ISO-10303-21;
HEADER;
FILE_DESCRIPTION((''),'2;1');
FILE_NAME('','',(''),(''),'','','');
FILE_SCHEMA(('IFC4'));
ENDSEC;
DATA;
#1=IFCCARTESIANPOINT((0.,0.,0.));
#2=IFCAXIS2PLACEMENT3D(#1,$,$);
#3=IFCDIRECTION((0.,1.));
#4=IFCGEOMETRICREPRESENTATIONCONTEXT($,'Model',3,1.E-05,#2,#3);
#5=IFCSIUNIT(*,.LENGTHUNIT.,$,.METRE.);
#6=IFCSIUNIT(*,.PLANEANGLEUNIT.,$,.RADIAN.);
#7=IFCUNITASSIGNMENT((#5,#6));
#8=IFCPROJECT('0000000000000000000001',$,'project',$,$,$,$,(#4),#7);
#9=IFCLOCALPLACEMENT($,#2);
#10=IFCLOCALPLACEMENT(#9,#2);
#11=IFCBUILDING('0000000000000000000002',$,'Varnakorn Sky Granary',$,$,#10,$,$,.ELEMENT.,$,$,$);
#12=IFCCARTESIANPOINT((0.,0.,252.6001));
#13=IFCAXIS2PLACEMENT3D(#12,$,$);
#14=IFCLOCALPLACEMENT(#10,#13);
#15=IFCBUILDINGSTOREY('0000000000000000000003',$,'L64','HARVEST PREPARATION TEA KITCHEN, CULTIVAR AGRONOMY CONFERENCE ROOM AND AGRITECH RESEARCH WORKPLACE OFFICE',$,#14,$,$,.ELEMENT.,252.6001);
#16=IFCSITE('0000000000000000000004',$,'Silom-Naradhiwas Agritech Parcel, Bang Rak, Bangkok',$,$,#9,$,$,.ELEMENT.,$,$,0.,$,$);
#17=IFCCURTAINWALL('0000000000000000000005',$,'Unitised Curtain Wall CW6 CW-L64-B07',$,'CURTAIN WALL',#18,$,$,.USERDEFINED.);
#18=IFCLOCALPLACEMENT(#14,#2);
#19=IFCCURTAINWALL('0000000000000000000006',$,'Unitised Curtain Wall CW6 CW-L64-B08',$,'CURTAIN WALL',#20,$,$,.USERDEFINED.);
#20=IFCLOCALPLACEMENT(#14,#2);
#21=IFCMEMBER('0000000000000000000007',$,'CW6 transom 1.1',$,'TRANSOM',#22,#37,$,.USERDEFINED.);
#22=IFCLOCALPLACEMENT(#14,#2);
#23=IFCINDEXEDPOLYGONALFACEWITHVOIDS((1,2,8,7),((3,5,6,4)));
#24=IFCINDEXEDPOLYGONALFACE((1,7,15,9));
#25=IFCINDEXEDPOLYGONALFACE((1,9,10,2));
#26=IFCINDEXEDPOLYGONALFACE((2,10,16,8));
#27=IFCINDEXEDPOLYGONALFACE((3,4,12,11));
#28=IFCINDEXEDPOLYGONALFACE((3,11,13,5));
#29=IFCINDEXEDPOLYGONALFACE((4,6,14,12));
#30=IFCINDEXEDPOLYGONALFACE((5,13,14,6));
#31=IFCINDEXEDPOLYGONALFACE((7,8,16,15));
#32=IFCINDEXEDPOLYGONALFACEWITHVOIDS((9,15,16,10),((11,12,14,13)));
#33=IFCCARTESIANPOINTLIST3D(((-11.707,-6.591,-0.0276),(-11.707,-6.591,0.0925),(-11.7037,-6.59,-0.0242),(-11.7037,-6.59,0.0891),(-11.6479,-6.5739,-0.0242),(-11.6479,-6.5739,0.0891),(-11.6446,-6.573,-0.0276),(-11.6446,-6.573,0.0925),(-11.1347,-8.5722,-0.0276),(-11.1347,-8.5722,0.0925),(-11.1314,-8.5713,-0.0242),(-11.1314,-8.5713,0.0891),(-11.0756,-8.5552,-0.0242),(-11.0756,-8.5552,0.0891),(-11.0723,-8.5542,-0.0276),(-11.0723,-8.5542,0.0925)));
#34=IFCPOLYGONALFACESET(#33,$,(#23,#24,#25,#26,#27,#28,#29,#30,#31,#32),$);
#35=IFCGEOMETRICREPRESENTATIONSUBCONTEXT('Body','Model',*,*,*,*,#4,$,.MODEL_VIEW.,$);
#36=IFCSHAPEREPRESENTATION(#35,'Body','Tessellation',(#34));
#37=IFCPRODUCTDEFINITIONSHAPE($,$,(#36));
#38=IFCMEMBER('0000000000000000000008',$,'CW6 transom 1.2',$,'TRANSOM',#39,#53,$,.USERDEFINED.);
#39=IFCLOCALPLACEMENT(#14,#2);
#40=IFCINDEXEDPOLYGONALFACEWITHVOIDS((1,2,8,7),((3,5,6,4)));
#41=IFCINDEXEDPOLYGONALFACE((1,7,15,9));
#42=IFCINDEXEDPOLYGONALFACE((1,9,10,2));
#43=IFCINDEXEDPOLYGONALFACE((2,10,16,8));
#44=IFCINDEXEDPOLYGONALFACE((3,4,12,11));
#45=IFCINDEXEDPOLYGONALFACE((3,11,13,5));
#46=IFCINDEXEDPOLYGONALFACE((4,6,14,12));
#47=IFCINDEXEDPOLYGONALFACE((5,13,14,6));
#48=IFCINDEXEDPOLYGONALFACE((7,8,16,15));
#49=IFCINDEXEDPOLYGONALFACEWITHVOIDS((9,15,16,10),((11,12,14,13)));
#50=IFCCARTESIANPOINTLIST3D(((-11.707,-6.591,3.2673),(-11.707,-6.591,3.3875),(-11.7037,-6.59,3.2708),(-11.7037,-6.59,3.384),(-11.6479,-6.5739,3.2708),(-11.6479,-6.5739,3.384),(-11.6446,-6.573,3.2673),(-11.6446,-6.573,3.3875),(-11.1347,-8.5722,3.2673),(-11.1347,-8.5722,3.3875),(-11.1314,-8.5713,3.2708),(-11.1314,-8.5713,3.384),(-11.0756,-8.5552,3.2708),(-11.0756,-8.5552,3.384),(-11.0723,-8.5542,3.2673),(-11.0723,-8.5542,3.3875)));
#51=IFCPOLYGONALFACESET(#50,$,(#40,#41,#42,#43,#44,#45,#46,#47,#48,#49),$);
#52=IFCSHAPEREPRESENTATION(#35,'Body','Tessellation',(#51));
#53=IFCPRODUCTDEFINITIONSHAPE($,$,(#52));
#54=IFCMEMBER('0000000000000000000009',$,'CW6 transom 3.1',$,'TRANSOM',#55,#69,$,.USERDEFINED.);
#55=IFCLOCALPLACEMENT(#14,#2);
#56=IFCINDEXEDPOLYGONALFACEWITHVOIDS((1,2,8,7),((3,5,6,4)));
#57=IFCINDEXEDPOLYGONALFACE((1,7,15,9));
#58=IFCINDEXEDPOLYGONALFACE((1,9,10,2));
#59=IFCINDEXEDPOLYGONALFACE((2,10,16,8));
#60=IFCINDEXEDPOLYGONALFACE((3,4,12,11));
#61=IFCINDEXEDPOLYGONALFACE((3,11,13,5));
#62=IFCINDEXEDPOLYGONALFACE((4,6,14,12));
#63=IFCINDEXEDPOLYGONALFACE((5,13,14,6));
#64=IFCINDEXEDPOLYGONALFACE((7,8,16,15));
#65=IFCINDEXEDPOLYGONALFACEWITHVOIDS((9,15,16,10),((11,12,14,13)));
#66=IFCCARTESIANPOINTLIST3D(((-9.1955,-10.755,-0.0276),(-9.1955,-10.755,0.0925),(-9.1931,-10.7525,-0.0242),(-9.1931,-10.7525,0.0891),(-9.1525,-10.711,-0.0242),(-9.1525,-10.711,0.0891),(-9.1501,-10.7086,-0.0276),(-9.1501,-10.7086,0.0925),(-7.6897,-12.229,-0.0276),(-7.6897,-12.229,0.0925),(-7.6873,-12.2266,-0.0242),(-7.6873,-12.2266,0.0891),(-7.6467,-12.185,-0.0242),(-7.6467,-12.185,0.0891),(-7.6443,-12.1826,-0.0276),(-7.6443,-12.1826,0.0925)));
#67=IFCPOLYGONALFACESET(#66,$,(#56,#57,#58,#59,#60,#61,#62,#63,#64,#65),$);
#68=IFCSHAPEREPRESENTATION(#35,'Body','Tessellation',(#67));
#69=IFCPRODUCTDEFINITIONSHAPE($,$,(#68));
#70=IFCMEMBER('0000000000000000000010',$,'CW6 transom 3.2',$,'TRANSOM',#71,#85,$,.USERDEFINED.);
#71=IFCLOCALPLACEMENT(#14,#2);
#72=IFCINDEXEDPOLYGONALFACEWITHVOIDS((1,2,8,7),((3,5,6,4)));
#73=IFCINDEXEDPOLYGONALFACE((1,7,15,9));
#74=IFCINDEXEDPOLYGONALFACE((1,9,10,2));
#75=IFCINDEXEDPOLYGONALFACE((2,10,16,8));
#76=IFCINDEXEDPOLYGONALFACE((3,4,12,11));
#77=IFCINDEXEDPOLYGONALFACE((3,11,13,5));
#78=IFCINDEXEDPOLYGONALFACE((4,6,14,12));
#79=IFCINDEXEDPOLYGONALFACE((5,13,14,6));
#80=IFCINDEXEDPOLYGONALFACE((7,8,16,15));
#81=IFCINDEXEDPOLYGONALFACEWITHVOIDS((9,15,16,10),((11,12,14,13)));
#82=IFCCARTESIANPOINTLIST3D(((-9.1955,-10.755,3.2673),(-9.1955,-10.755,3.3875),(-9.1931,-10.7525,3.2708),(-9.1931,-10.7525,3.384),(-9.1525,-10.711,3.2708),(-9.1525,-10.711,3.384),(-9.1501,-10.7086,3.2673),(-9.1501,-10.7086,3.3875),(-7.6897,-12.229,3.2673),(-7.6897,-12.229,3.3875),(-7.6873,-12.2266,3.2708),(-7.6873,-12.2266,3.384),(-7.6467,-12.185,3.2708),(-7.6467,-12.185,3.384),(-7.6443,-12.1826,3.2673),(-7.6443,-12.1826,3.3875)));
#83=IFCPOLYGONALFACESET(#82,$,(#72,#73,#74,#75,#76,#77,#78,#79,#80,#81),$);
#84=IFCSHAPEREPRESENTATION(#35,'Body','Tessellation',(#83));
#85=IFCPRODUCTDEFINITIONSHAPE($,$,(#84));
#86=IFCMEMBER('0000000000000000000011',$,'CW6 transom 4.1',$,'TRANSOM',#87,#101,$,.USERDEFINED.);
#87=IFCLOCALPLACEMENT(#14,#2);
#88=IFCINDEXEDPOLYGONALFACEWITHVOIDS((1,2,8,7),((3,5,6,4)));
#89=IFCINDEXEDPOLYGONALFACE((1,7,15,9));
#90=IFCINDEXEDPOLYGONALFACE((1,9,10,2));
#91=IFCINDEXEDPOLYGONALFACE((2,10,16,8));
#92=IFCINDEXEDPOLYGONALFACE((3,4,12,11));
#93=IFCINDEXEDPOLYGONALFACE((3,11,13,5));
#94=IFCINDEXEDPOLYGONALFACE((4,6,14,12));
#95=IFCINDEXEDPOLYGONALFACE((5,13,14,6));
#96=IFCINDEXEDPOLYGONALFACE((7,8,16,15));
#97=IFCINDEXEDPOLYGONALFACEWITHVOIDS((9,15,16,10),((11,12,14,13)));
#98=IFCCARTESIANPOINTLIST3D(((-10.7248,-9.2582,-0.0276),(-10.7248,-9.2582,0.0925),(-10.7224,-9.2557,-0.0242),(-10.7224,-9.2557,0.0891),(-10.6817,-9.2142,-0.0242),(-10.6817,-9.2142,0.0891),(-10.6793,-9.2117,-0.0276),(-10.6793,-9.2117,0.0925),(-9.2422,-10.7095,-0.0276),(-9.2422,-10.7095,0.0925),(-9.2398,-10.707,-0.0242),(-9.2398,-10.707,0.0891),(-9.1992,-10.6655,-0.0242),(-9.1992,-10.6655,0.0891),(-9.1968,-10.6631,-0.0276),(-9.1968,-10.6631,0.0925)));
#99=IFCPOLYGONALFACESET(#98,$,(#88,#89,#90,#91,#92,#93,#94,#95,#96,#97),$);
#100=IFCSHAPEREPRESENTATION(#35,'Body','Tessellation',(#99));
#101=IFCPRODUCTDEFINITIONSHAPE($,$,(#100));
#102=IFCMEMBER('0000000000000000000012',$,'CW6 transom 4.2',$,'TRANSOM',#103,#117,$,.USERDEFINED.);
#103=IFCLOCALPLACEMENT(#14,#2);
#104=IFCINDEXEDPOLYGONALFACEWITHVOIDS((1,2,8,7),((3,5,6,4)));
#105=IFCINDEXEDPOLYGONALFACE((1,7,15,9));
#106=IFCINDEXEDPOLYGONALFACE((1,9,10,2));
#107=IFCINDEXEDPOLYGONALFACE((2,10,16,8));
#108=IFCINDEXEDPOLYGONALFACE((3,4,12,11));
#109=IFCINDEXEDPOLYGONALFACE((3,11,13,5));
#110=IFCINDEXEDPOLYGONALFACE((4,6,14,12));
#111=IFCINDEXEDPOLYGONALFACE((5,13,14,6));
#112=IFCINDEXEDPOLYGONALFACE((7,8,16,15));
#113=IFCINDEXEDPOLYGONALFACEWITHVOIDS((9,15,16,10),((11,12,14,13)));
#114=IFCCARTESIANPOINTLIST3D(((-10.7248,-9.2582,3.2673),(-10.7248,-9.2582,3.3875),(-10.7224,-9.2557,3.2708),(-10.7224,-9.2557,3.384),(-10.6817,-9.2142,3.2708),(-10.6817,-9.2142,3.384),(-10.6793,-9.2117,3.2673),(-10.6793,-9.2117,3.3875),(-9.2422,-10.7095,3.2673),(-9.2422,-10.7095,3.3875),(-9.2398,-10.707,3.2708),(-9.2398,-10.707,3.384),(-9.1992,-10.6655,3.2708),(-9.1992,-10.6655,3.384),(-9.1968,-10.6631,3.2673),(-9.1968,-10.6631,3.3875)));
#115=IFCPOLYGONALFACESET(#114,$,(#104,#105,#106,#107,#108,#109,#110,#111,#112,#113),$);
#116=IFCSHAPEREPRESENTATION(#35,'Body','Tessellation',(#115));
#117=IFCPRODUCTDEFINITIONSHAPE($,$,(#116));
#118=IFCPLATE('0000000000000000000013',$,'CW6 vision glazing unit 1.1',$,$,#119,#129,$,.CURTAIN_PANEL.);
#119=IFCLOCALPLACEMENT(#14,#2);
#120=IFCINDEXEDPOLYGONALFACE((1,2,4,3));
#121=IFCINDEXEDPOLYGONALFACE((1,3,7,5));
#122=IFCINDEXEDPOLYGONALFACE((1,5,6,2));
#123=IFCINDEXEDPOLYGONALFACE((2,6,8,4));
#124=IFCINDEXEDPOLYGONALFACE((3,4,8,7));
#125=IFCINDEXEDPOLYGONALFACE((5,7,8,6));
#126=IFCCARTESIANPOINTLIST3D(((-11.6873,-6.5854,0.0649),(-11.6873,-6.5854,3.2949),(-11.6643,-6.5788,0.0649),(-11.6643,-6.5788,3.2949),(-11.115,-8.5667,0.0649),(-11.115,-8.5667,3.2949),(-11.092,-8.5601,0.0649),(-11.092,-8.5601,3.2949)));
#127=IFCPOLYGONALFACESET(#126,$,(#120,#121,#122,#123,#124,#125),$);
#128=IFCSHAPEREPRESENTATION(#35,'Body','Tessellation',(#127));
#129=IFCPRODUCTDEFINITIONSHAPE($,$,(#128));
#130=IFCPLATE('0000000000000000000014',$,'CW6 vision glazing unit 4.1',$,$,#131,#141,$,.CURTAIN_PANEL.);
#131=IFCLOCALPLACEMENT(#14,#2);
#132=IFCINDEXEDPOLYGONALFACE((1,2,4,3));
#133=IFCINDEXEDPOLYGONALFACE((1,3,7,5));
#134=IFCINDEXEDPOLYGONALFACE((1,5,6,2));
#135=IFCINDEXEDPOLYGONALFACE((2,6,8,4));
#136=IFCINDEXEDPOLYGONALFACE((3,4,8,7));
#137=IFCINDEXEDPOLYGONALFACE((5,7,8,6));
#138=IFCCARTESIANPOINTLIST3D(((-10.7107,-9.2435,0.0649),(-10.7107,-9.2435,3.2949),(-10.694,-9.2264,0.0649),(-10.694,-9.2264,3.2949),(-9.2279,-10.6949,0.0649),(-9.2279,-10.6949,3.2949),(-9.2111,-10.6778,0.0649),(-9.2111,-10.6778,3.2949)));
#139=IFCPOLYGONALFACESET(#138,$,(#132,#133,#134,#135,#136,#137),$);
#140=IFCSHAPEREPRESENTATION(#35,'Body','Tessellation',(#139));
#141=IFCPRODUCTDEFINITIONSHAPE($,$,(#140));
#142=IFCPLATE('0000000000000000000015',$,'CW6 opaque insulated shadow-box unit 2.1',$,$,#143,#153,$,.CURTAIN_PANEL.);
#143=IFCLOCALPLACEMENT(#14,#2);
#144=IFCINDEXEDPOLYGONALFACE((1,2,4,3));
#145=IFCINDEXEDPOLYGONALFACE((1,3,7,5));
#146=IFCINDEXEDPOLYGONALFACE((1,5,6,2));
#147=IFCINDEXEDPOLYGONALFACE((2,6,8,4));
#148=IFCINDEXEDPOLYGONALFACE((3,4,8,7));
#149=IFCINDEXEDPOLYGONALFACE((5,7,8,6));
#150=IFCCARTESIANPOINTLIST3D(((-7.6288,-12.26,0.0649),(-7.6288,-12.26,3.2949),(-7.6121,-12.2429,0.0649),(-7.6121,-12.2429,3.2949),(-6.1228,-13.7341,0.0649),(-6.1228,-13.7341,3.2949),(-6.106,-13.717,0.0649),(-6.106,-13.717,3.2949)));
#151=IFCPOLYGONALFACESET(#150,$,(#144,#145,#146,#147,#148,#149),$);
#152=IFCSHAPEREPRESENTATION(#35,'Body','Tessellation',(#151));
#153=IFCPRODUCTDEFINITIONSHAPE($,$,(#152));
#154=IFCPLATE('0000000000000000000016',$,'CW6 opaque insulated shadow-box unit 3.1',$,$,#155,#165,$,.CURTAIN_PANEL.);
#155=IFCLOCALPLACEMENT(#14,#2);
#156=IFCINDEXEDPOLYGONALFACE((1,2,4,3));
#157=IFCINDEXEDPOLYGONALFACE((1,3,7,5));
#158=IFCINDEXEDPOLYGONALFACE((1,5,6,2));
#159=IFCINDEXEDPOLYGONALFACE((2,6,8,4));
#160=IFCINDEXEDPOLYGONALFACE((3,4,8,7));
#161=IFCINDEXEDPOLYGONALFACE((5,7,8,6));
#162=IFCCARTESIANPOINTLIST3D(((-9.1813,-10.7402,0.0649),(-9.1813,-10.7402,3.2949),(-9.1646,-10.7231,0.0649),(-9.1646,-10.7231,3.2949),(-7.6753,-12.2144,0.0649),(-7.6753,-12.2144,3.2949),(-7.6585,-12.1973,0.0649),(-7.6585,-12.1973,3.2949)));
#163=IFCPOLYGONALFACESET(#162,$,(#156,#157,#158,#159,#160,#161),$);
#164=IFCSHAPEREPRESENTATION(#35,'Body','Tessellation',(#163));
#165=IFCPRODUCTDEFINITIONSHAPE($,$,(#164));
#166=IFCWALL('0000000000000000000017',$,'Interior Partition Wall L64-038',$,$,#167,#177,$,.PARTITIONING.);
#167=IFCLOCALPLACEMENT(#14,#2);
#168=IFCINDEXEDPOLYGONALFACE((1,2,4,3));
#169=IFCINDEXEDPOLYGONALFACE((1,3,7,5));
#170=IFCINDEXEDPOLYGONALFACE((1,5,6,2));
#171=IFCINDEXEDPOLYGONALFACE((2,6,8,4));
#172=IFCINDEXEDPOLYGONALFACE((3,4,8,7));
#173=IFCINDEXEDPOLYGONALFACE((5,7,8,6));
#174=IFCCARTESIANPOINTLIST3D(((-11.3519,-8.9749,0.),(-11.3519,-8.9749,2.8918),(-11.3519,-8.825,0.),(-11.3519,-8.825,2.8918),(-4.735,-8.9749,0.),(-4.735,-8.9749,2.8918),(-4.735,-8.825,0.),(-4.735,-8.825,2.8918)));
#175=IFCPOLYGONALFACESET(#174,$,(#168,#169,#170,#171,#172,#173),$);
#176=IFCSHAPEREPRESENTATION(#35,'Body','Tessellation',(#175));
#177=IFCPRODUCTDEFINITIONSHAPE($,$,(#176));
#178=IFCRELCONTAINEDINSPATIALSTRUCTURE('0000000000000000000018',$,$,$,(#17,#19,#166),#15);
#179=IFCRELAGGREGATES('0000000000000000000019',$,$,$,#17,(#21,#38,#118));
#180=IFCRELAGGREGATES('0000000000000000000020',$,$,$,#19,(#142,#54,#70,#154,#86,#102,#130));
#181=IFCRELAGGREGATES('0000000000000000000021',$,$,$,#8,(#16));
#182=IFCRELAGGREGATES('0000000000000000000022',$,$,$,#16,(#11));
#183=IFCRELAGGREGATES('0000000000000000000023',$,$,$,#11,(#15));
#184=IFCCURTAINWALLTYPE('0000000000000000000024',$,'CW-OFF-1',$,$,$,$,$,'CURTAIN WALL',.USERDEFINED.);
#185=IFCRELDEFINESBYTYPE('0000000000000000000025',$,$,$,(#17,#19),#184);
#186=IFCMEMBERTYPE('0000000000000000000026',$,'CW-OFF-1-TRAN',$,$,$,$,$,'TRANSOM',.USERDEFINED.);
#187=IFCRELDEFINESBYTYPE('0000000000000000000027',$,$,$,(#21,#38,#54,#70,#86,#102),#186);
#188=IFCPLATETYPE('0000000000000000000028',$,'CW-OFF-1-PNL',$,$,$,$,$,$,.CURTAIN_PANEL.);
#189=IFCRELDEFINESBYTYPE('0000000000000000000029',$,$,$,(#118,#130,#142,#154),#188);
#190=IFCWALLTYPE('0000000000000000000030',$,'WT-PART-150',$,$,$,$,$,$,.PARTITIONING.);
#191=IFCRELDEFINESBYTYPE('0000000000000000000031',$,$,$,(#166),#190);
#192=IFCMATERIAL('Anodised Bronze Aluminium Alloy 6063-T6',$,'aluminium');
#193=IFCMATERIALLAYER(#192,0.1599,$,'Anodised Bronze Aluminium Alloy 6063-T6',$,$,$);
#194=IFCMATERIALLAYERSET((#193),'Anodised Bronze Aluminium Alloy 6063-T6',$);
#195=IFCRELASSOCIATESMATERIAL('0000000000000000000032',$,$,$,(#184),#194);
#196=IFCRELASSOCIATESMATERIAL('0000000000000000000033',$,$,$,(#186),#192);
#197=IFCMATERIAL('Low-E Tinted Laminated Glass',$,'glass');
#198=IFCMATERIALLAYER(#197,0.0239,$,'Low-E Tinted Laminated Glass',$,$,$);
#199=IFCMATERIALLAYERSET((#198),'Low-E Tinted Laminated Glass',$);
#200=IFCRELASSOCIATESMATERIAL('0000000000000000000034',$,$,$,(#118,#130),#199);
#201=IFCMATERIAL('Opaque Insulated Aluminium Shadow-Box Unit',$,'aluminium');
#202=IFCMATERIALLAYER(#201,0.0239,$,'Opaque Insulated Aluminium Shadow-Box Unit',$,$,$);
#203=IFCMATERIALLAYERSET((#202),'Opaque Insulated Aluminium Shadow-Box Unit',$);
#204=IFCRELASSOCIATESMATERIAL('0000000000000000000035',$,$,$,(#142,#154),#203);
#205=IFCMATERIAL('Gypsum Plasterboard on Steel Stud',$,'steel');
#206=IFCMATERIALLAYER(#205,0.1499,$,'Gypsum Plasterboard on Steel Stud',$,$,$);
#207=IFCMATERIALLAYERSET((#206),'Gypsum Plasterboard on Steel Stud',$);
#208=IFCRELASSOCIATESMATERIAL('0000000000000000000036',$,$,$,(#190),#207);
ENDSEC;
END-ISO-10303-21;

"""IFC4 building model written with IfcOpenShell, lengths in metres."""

from ifc_helpers import new_model, si_unit, direction, frame, frame_2d, origin, origin_2d, place, context, subcontext, project, spatial, rectangle, hollow_rectangle, extrude, source, transform, mapped, material, layer, layer_set, material_profile, profile_set, type_object, type_shapes, element, aggregate, save


model = new_model("IFC4")

# Units and contexts
model_context = context("Model", 3, precision=1e-05, world=origin(), true_north=direction((0.0, 1.0)))
body_context = subcontext(model_context, "Body", "Model", "MODEL_VIEW")
ifc_project = project(units=[si_unit("LENGTHUNIT", "METRE"), si_unit("PLANEANGLEUNIT", "RADIAN")], contexts=[model_context])

# Site, building, storey
site_placement = place(None, origin())
site = spatial("IfcSite", under=ifc_project, at=site_placement, Name="Silom-Naradhiwas Agritech Parcel, Bang Rak, Bangkok", CompositionType="ELEMENT", RefElevation=0.0)
building_placement = place(site_placement, origin())
building = spatial("IfcBuilding", under=site, at=building_placement, Name="Varnakorn Sky Granary", CompositionType="ELEMENT")
storey_placement = place(building_placement, frame((0.0, 0.0, 252.6001)))
storey = spatial("IfcBuildingStorey", under=building, at=storey_placement, Name="L64", Description="HARVEST PREPARATION TEA KITCHEN, CULTIVAR AGRONOMY CONFERENCE ROOM AND AGRITECH RESEARCH WORKPLACE OFFICE", CompositionType="ELEMENT", Elevation=252.6001)

# Curtain wall
ifc_material_1 = material(Name="Anodised Bronze Aluminium Alloy 6063-T6", Category="aluminium")
ifc_layer_1 = layer(ifc_material_1, 0.1599, Name="Anodised Bronze Aluminium Alloy 6063-T6")
ifc_layer_set_1 = layer_set([ifc_layer_1], Name="Anodised Bronze Aluminium Alloy 6063-T6")
curtain_wall_type = type_object("IfcCurtainWallType", Name="CW-OFF-1", ElementType="CURTAIN WALL", PredefinedType="USERDEFINED", material=ifc_layer_set_1)
curtain_wall_1_placement = place(storey_placement, origin())
curtain_wall_1 = element("IfcCurtainWall", 1, at=curtain_wall_1_placement, inside=storey, type_object=curtain_wall_type, Name="Unitised Curtain Wall CW6 CW-L64-B07", ObjectType="CURTAIN WALL", PredefinedType="USERDEFINED")

# Curtain wall
curtain_wall_2_placement = place(storey_placement, origin())
curtain_wall_2 = element("IfcCurtainWall", 2, at=curtain_wall_2_placement, inside=storey, type_object=curtain_wall_type, Name="Unitised Curtain Wall CW6 CW-L64-B08", ObjectType="CURTAIN WALL", PredefinedType="USERDEFINED")

# Members
ifc_material_profile_1 = material_profile(ifc_material_1, hollow_rectangle(XDim=0.0649, YDim=0.1201, WallThickness=0.0034, at=origin_2d()), Name="ALU TRAN 65x120")
ifc_profile_set_1 = profile_set([ifc_material_profile_1], Name="Anodised Bronze Aluminium Alloy 6063-T6")
member_type_1 = type_object("IfcMemberType", Name="CW-OFF-1-TRAN", ElementType="TRANSOM", PredefinedType="USERDEFINED", material=ifc_profile_set_1)
member_1_placement = place(storey_placement, frame((-11.1035, -8.5632, 0.0325), z_axis=(-0.277503, 0.960725, 0.0), x_axis=(-0.960725, -0.277503, 0.0)))
member_1 = element("IfcMember", 3, at=member_1_placement, type_object=member_type_1, Name="CW6 transom 1.1", ObjectType="TRANSOM", PredefinedType="USERDEFINED", context=body_context, shape_type="SweptSolid", body=[
    extrude(hollow_rectangle(XDim=0.0649, YDim=0.1201, WallThickness=0.0034, at=origin_2d()), origin(), (0.0, 0.0, 1.0), 2.0623),
])
member_2_placement = place(storey_placement, frame((-11.1035, -8.5632, 3.3274), z_axis=(-0.277503, 0.960725, 0.0), x_axis=(-0.960725, -0.277503, 0.0)))
member_2 = element("IfcMember", 4, at=member_2_placement, type_object=member_type_1, Name="CW6 transom 1.2", ObjectType="TRANSOM", PredefinedType="USERDEFINED", context=body_context, shape_type="SweptSolid", body=[
    extrude(hollow_rectangle(XDim=0.0649, YDim=0.1201, WallThickness=0.0034, at=origin_2d()), origin(), (0.0, 0.0, 1.0), 2.0623),
])
member_3_placement = place(storey_placement, frame((-7.667, -12.2058, 0.0325), z_axis=(-0.714597, 0.699536, 0.0), x_axis=(-0.699536, -0.714597, 0.0)))
member_3 = element("IfcMember", 5, at=member_3_placement, type_object=member_type_1, Name="CW6 transom 3.1", ObjectType="TRANSOM", PredefinedType="USERDEFINED", context=body_context, shape_type="SweptSolid", body=[
    extrude(hollow_rectangle(XDim=0.0649, YDim=0.1201, WallThickness=0.0034, at=origin_2d()), origin(), (0.0, 0.0, 1.0), 2.1072),
])
member_4_placement = place(storey_placement, frame((-7.667, -12.2058, 3.3274), z_axis=(-0.714597, 0.699536, 0.0), x_axis=(-0.699536, -0.714597, 0.0)))
member_4 = element("IfcMember", 6, at=member_4_placement, type_object=member_type_1, Name="CW6 transom 3.2", ObjectType="TRANSOM", PredefinedType="USERDEFINED", context=body_context, shape_type="SweptSolid", body=[
    extrude(hollow_rectangle(XDim=0.0649, YDim=0.1201, WallThickness=0.0034, at=origin_2d()), origin(), (0.0, 0.0, 1.0), 2.1072),
])
member_5_placement = place(storey_placement, frame((-9.2195, -10.6863, 0.0325), z_axis=(-0.714597, 0.699536, 0.0), x_axis=(-0.699536, -0.714597, 0.0)))
member_5 = element("IfcMember", 7, at=member_5_placement, type_object=member_type_1, Name="CW6 transom 4.1", ObjectType="TRANSOM", PredefinedType="USERDEFINED", context=body_context, shape_type="SweptSolid", body=[
    extrude(hollow_rectangle(XDim=0.0649, YDim=0.1201, WallThickness=0.0034, at=origin_2d()), origin(), (0.0, 0.0, 1.0), 2.0747),
])
member_6_placement = place(storey_placement, frame((-9.2195, -10.6863, 3.3274), z_axis=(-0.714597, 0.699536, 0.0), x_axis=(-0.699536, -0.714597, 0.0)))
member_6 = element("IfcMember", 8, at=member_6_placement, type_object=member_type_1, Name="CW6 transom 4.2", ObjectType="TRANSOM", PredefinedType="USERDEFINED", context=body_context, shape_type="SweptSolid", body=[
    extrude(hollow_rectangle(XDim=0.0649, YDim=0.1201, WallThickness=0.0034, at=origin_2d()), origin(), (0.0, 0.0, 1.0), 2.0747),
])

# Plates
ifc_material_2 = material(Name="Low-E Tinted Laminated Glass", Category="glass")
ifc_layer_2 = layer(ifc_material_2, 0.0239, Name="Low-E Tinted Laminated Glass")
ifc_layer_set_2 = layer_set([ifc_layer_2], Name="Low-E Tinted Laminated Glass")
plate_type = type_object("IfcPlateType", Name="CW-OFF-1-PNL", PredefinedType="CURTAIN_PANEL")
shared_shape_1 = source(origin(), body_context, "Body", "SweptSolid", [
    extrude(rectangle(XDim=2.0623, YDim=0.0239, at=origin_2d()), origin(), (0.0, 0.0, 1.0), 3.23),
])
plate_1_placement = place(storey_placement, frame((-11.3896, -7.5728, 0.0649), z_axis=(0.0, 0.0, 1.0), x_axis=(-0.277501, 0.960725, 0.0)))
plate_1 = element("IfcPlate", 9, at=plate_1_placement, type_object=plate_type, material=ifc_layer_set_2, Name="CW6 vision glazing unit 1.1", PredefinedType="CURTAIN_PANEL", context=body_context, shape_type="MappedRepresentation", body=[
    mapped(shared_shape_1, transform((0.0, 0.0, 0.0), x_axis=(1.0, 0.0, 0.0), y_axis=(0.0, 1.0, 0.0), z_axis=(0.0, 0.0, 1.0), scale=1.0)),
])
aggregate(curtain_wall_1, [member_1, member_2, plate_1])
shared_shape_2 = source(origin(), body_context, "Body", "SweptSolid", [
    extrude(rectangle(XDim=2.075, YDim=0.0239, at=origin_2d()), origin(), (0.0, 0.0, 1.0), 3.23),
])
plate_2_placement = place(storey_placement, frame((-9.9609, -9.9607, 0.0649), z_axis=(0.0, 0.0, 1.0), x_axis=(-0.71465, 0.699482, 0.0)))
plate_2 = element("IfcPlate", 10, at=plate_2_placement, type_object=plate_type, material=ifc_layer_set_2, Name="CW6 vision glazing unit 4.1", PredefinedType="CURTAIN_PANEL", context=body_context, shape_type="MappedRepresentation", body=[
    mapped(shared_shape_2, transform((0.0, 0.0, 0.0), x_axis=(1.0, 0.0, 0.0), y_axis=(0.0, 1.0, 0.0), z_axis=(0.0, 0.0, 1.0), scale=1.0)),
])
ifc_material_3 = material(Name="Opaque Insulated Aluminium Shadow-Box Unit", Category="aluminium")
ifc_layer_3 = layer(ifc_material_3, 0.0239, Name="Opaque Insulated Aluminium Shadow-Box Unit")
ifc_layer_set_3 = layer_set([ifc_layer_3], Name="Opaque Insulated Aluminium Shadow-Box Unit")
shared_shape_3 = source(origin(), body_context, "Body", "SweptSolid", [
    extrude(rectangle(XDim=2.1074, YDim=0.0239, at=origin_2d()), origin(), (0.0, 0.0, 1.0), 3.23),
])
type_shapes(plate_type, [shared_shape_1, shared_shape_2, shared_shape_3])
plate_3_placement = place(storey_placement, frame((-6.8674, -12.9885, 0.0649), z_axis=(0.0, 0.0, 1.0), x_axis=(-0.71465, 0.699482, 0.0)))
plate_3 = element("IfcPlate", 11, at=plate_3_placement, type_object=plate_type, material=ifc_layer_set_3, Name="CW6 opaque insulated shadow-box unit 2.1", PredefinedType="CURTAIN_PANEL", context=body_context, shape_type="MappedRepresentation", body=[
    mapped(shared_shape_3, transform((0.0, 0.0, 0.0), x_axis=(1.0, 0.0, 0.0), y_axis=(0.0, 1.0, 0.0), z_axis=(0.0, 0.0, 1.0), scale=1.0)),
])
plate_4_placement = place(storey_placement, frame((-8.4199, -11.4688, 0.0649), z_axis=(0.0, 0.0, 1.0), x_axis=(-0.71465, 0.699482, 0.0)))
plate_4 = element("IfcPlate", 12, at=plate_4_placement, type_object=plate_type, material=ifc_layer_set_3, Name="CW6 opaque insulated shadow-box unit 3.1", PredefinedType="CURTAIN_PANEL", context=body_context, shape_type="MappedRepresentation", body=[
    mapped(shared_shape_3, transform((0.0, 0.0, 0.0), x_axis=(1.0, 0.0, 0.0), y_axis=(0.0, 1.0, 0.0), z_axis=(0.0, 0.0, 1.0), scale=1.0)),
])
aggregate(curtain_wall_2, [plate_3, member_3, member_4, plate_4, member_5, member_6, plate_2])

# Wall
ifc_material_4 = material(Name="Gypsum Plasterboard on Steel Stud", Category="steel")
ifc_layer_4 = layer(ifc_material_4, 0.1499, Name="Gypsum Plasterboard on Steel Stud")
ifc_layer_set_4 = layer_set([ifc_layer_4], Name="Gypsum Plasterboard on Steel Stud")
wall_type = type_object("IfcWallType", Name="WT-PART-150", PredefinedType="PARTITIONING", material=ifc_layer_set_4)
wall_placement = place(storey_placement, frame((-11.3521, -8.8999, 0.0), z_axis=(0.0, 0.0, 1.0), x_axis=(1.0, 0.0, 0.0)))
element("IfcWall", 13, at=wall_placement, inside=storey, type_object=wall_type, Name="Interior Partition Wall L64-038", PredefinedType="PARTITIONING", context=body_context, shape_type="SweptSolid", body=[
    extrude(rectangle(XDim=6.6169, YDim=0.1499, at=frame_2d((3.3086, 0.0))), origin(), (0.0, 0.0, 1.0), 2.8918),
])

save(model, "model.ifc")
